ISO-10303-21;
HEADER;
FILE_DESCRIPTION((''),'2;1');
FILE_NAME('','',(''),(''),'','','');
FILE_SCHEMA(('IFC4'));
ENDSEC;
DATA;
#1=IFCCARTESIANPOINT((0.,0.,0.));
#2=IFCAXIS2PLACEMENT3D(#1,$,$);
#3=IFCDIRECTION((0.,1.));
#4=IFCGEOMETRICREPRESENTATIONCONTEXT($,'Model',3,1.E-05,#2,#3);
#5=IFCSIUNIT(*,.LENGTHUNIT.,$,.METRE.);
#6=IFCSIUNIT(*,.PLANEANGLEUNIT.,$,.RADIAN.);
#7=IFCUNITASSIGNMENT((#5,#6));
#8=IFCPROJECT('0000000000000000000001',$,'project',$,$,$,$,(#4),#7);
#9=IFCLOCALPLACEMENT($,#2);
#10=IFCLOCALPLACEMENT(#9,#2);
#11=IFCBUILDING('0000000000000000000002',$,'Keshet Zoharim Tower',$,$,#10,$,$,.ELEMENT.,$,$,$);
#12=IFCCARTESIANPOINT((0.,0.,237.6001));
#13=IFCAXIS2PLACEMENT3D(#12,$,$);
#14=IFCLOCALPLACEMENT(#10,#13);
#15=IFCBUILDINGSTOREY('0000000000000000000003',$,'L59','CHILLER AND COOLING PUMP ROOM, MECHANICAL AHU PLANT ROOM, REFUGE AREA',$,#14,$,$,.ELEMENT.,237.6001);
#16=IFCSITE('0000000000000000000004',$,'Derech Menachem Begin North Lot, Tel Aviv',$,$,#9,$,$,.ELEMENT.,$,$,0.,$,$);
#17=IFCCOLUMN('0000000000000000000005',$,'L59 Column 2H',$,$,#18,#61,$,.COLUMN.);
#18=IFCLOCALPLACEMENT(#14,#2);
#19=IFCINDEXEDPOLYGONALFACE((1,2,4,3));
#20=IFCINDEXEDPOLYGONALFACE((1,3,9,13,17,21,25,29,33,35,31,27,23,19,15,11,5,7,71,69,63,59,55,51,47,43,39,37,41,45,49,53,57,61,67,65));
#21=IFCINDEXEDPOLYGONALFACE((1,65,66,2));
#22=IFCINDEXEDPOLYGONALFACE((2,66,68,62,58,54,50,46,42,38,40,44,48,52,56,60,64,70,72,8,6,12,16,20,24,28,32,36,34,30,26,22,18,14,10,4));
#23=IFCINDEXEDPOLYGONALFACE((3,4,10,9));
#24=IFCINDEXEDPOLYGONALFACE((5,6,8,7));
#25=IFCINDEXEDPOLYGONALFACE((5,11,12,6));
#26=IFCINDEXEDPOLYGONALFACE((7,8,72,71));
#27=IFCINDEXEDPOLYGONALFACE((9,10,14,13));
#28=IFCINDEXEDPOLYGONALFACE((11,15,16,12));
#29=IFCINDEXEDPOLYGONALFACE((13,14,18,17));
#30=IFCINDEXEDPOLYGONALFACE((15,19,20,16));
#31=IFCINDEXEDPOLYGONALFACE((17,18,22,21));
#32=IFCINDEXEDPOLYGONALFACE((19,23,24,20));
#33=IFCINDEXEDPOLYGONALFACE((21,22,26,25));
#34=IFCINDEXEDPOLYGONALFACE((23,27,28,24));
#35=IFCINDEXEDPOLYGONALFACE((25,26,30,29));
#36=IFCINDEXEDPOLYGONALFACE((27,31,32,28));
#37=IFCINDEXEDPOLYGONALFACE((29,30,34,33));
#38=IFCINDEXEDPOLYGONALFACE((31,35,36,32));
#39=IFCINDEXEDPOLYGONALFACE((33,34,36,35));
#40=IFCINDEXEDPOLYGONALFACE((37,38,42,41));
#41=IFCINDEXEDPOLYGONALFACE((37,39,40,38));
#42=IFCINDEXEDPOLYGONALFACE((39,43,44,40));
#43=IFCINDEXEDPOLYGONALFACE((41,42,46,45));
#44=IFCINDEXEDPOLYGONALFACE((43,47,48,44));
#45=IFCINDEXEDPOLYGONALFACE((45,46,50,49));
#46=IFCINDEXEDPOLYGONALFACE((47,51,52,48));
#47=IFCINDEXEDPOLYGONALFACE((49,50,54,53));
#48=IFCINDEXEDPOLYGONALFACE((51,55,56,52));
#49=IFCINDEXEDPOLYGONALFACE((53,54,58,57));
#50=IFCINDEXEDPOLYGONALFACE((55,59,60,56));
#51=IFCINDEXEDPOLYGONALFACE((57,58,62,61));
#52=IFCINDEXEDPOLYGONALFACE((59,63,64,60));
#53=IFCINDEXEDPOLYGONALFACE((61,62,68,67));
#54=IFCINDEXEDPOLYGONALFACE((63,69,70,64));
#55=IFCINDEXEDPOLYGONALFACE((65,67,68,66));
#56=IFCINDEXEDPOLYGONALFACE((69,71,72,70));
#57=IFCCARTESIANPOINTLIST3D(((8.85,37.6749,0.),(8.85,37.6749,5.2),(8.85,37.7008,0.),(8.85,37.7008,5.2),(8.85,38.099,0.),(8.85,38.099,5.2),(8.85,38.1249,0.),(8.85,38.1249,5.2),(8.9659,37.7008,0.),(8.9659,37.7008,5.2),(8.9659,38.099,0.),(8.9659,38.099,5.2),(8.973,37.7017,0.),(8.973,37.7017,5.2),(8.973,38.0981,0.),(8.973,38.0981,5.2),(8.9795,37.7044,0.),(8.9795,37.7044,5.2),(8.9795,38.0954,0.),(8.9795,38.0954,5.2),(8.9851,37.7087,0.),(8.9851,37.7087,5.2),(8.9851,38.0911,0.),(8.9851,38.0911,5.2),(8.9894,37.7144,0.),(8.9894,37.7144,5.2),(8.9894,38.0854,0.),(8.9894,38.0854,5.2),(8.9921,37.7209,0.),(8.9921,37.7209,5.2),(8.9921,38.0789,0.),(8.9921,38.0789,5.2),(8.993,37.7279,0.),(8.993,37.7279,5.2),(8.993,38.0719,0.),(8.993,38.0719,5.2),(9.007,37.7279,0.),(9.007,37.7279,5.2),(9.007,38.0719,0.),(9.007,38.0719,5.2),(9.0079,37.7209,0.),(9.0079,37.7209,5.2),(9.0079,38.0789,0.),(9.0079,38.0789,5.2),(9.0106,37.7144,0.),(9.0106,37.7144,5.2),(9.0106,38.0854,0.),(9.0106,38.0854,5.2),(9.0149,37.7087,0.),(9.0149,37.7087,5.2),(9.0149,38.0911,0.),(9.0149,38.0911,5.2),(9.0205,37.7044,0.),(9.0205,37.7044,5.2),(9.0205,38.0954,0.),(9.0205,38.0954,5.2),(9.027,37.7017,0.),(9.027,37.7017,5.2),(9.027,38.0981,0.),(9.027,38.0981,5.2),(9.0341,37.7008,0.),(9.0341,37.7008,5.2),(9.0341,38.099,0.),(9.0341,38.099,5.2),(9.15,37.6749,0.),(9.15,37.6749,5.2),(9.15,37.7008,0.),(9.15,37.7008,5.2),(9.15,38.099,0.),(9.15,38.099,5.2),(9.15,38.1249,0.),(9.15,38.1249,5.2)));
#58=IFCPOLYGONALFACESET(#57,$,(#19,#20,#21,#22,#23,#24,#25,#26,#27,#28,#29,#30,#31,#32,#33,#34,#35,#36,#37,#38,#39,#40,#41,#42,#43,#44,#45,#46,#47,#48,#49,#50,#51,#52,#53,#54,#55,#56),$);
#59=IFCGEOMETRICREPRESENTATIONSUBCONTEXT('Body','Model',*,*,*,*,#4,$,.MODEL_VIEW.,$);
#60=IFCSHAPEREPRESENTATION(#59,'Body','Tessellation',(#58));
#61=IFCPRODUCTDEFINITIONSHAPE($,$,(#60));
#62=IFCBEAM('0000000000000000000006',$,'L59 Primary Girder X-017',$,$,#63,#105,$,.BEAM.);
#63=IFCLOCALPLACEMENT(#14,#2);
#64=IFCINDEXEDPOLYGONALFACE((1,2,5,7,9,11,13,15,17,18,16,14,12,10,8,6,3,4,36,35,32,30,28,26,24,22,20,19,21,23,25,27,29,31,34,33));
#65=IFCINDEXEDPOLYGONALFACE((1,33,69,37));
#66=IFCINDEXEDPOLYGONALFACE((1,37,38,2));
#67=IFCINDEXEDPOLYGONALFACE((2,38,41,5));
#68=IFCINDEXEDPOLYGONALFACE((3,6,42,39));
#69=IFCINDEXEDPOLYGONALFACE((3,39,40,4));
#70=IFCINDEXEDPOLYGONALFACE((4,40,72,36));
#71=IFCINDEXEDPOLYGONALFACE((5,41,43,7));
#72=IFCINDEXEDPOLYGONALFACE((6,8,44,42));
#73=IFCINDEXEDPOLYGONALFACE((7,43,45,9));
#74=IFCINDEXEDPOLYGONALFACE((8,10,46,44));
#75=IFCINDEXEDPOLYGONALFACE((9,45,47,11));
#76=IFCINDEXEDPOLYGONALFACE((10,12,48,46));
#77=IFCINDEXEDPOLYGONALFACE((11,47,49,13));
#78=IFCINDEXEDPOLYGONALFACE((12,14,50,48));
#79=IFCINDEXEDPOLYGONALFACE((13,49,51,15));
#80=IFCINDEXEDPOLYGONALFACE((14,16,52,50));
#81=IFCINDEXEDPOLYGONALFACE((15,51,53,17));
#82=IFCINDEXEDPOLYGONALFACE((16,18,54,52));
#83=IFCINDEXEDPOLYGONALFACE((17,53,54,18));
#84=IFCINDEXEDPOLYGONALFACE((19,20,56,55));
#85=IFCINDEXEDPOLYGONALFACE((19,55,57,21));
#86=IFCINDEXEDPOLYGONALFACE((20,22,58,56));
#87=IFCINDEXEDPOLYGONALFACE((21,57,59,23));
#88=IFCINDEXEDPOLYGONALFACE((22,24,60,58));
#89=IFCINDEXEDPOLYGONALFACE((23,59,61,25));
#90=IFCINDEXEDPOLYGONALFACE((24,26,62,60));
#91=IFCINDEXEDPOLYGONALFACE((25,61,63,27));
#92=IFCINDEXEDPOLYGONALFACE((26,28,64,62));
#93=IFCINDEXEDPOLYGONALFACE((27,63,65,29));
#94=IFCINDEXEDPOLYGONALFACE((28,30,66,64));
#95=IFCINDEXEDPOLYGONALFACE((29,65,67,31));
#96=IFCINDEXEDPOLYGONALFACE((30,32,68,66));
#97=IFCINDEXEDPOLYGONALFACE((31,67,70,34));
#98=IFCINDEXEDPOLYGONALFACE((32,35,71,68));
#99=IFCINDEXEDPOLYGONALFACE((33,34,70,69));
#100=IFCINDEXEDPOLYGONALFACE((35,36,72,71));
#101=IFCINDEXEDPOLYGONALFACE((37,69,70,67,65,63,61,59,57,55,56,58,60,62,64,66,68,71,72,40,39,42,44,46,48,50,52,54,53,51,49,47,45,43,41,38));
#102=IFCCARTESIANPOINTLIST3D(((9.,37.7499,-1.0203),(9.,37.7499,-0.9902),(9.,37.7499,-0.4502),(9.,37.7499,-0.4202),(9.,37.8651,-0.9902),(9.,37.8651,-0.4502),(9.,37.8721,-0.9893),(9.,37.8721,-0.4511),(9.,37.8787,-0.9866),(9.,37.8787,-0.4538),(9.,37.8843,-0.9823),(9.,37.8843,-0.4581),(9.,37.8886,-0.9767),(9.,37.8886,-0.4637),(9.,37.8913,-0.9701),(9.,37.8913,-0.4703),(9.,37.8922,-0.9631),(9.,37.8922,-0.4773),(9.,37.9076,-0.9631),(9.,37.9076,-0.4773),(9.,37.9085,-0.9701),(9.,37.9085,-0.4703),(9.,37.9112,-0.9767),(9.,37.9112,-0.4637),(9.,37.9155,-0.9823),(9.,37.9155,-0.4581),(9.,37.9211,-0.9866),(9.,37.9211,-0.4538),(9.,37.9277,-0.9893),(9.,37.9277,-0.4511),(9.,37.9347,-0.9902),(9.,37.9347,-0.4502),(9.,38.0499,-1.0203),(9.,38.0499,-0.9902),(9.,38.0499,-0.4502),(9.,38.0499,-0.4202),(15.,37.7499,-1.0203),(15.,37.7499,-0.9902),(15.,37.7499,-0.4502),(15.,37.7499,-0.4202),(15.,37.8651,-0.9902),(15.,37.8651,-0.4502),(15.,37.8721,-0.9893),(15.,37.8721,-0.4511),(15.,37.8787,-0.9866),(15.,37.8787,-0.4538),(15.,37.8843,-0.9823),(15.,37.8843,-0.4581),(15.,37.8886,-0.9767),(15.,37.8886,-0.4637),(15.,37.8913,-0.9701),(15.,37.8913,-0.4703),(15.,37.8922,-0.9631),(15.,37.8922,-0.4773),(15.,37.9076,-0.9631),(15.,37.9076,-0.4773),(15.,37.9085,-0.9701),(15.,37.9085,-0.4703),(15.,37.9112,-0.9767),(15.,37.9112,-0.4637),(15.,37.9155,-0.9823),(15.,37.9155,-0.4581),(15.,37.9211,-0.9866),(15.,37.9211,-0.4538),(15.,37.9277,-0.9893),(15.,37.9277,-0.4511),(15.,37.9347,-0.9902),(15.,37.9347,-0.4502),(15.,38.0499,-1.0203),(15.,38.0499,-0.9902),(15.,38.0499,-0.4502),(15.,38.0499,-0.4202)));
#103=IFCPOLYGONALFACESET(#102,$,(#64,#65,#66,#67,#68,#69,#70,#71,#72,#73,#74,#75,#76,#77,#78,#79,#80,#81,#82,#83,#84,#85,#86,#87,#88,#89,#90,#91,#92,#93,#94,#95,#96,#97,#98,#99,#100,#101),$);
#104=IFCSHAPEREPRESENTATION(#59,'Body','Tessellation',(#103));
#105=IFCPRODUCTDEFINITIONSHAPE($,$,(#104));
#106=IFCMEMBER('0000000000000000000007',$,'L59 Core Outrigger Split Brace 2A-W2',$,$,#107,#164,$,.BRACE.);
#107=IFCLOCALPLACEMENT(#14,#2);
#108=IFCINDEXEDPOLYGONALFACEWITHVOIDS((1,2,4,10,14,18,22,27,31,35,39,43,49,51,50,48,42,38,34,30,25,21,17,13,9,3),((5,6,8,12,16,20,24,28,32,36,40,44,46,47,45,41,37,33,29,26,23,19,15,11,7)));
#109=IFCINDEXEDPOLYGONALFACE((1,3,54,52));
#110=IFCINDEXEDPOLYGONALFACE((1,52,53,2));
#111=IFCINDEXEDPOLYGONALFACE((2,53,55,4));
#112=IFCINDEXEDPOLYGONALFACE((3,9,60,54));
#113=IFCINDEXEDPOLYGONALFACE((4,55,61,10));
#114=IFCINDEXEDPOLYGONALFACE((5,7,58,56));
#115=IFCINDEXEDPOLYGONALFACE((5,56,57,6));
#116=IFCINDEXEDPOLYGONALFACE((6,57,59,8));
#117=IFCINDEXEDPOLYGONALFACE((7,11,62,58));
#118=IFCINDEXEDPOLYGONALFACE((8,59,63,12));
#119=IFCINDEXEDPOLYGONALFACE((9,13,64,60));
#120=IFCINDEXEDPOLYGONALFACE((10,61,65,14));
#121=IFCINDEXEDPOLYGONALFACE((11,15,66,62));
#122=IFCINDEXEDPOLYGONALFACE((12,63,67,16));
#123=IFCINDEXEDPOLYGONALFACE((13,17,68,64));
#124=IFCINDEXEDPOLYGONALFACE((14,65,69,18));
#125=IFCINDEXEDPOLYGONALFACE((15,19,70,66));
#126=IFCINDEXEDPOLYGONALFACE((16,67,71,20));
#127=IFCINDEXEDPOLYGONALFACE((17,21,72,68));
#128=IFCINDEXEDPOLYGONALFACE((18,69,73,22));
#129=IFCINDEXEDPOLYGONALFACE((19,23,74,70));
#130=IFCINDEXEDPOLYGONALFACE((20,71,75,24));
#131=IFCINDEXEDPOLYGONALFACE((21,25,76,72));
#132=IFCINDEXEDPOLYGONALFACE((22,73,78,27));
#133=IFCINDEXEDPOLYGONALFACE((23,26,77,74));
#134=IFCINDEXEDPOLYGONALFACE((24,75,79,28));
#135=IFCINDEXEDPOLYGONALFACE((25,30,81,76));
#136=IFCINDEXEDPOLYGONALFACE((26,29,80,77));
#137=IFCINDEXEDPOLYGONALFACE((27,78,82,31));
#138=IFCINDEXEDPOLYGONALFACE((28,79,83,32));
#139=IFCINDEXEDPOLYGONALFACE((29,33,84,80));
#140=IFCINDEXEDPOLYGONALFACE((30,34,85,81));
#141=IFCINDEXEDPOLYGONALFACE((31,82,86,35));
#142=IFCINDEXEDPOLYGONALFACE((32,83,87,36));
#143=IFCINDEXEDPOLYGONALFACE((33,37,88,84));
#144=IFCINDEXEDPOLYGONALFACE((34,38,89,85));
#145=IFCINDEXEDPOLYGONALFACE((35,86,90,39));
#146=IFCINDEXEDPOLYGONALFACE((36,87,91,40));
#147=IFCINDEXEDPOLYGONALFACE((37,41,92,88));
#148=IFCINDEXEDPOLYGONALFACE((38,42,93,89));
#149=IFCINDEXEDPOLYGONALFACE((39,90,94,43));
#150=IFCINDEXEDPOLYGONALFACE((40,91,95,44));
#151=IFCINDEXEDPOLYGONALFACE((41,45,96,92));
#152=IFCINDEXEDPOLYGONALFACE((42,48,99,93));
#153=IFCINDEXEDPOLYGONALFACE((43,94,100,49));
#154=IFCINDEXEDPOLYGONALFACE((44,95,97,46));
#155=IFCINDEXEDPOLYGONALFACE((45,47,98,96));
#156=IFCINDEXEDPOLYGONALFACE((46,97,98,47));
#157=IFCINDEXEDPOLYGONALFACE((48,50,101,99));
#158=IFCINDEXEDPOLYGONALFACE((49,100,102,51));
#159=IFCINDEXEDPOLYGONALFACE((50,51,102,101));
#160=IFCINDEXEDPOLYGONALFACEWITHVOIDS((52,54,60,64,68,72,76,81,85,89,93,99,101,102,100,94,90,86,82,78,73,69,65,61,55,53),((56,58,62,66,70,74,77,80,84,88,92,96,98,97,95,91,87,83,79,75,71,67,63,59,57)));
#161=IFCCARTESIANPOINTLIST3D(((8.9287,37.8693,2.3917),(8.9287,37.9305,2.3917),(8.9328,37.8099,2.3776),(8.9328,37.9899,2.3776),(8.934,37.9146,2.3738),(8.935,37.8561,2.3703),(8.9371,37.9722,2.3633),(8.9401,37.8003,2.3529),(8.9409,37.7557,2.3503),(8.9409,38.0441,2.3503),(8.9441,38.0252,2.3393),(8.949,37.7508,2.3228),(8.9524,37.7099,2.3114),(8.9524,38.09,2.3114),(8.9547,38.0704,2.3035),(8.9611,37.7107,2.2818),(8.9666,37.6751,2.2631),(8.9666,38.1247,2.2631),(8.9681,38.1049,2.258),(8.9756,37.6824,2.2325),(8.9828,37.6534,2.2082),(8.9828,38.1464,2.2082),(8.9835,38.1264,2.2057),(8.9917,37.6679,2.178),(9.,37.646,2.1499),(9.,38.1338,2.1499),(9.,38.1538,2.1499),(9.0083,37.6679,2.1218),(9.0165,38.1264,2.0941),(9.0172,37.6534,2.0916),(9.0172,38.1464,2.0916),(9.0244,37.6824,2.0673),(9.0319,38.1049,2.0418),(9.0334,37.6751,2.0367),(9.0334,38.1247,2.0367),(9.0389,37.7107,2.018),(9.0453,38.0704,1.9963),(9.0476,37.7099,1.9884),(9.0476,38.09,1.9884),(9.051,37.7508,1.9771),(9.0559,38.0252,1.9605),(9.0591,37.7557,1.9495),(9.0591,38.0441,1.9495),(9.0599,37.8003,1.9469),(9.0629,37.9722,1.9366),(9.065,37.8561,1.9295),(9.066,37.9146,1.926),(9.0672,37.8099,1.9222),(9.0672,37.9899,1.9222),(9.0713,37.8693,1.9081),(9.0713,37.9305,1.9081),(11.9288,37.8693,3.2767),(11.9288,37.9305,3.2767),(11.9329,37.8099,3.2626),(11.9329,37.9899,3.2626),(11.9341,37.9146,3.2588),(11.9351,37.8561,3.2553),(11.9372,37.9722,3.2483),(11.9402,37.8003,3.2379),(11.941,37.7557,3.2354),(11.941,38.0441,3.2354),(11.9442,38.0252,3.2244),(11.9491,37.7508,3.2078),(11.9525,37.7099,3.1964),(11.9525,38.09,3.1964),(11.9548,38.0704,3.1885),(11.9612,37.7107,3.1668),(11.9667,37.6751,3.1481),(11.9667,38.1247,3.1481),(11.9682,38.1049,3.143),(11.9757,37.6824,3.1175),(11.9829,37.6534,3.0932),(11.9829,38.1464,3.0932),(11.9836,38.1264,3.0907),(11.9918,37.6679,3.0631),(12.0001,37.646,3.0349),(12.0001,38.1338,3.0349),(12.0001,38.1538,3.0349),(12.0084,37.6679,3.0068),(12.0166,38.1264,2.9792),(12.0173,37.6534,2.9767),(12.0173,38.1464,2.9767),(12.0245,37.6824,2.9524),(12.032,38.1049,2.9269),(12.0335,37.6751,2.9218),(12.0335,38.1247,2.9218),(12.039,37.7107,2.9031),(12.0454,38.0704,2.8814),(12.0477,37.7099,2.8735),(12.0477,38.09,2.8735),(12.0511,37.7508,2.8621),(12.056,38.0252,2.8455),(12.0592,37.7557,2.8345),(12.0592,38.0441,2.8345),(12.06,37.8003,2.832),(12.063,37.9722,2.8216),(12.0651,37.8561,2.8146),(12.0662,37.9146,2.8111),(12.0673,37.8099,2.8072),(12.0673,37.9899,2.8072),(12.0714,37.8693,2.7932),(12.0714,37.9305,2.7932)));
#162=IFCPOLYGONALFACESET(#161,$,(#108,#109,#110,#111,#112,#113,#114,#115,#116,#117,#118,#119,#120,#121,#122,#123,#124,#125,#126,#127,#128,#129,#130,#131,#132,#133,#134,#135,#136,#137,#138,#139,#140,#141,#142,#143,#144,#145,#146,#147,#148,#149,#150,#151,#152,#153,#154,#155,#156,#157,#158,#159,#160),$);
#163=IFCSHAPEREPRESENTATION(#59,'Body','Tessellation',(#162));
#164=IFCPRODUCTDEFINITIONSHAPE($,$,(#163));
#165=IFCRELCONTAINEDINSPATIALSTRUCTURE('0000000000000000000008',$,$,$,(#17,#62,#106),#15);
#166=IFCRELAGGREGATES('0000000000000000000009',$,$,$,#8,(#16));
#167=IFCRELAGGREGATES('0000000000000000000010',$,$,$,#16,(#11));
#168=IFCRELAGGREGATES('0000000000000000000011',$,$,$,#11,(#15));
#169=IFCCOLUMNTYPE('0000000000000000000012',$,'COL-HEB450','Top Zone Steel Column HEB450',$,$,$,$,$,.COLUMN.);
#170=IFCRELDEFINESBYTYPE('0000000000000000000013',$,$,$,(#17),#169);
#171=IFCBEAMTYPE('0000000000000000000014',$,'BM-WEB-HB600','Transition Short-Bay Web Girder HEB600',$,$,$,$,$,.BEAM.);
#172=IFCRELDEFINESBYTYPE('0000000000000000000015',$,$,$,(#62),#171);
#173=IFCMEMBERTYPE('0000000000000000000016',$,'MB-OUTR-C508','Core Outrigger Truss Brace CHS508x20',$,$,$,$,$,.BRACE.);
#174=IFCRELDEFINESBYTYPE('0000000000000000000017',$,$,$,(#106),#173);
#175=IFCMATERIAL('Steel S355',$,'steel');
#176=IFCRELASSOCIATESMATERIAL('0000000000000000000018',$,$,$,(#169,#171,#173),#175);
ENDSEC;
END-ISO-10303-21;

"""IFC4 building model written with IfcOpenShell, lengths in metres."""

from ifc_helpers import new_model, si_unit, direction, frame, origin, origin_2d, place, context, subcontext, project, spatial, hollow_circle, i_section, extrude, material, material_profile, profile_set, type_object, element, save


model = new_model("IFC4")

# Units and contexts
model_context = context("Model", 3, precision=1e-05, world=origin(), true_north=direction((0.0, 1.0)))
body_context = subcontext(model_context, "Body", "Model", "MODEL_VIEW")
ifc_project = project(units=[si_unit("LENGTHUNIT", "METRE"), si_unit("PLANEANGLEUNIT", "RADIAN")], contexts=[model_context])

# Site, building, storey
site_placement = place(None, origin())
site = spatial("IfcSite", under=ifc_project, at=site_placement, Name="Derech Menachem Begin North Lot, Tel Aviv", CompositionType="ELEMENT", RefElevation=0.0)
building_placement = place(site_placement, origin())
building = spatial("IfcBuilding", under=site, at=building_placement, Name="Keshet Zoharim Tower", CompositionType="ELEMENT")
storey_placement = place(building_placement, frame((0.0, 0.0, 237.6001)))
storey = spatial("IfcBuildingStorey", under=building, at=storey_placement, Name="L59", Description="CHILLER AND COOLING PUMP ROOM, MECHANICAL AHU PLANT ROOM, REFUGE AREA", CompositionType="ELEMENT", Elevation=237.6001)

# Column
ifc_material_1 = material(Name="Steel S355", Category="steel")
ifc_material_profile_1 = material_profile(ifc_material_1, i_section(OverallWidth=0.3, OverallDepth=0.45, WebThickness=0.0139, FlangeThickness=0.0259, FilletRadius=0.0271, at=origin_2d()), Name="HEB450")
ifc_profile_set_1 = profile_set([ifc_material_profile_1], Name="Steel S355")
column_type = type_object("IfcColumnType", Name="COL-HEB450", Description="Top Zone Steel Column HEB450", PredefinedType="COLUMN", material=ifc_profile_set_1)
column_placement = place(storey_placement, frame((9.0, 37.8999, 0.0), z_axis=(0.0, 0.0, 1.0), x_axis=(1.0, 0.0, 0.0)))
element("IfcColumn", 1, at=column_placement, inside=storey, type_object=column_type, Name="L59 Column 2H", PredefinedType="COLUMN", context=body_context, shape_type="SweptSolid", body=[
    extrude(i_section(OverallWidth=0.3, OverallDepth=0.45, WebThickness=0.0139, FlangeThickness=0.0259, FilletRadius=0.0271, at=origin_2d()), origin(), (0.0, 0.0, 1.0), 5.2),
])

# Beam
ifc_material_profile_2 = material_profile(ifc_material_1, i_section(OverallWidth=0.3, OverallDepth=0.6001, WebThickness=0.0154, FlangeThickness=0.03, FilletRadius=0.0271, at=origin_2d()), Name="HEB600")
ifc_profile_set_2 = profile_set([ifc_material_profile_2], Name="Steel S355")
beam_type = type_object("IfcBeamType", Name="BM-WEB-HB600", Description="Transition Short-Bay Web Girder HEB600", PredefinedType="BEAM", material=ifc_profile_set_2)
beam_placement = place(storey_placement, frame((9.0, 37.8999, -0.7202), z_axis=(1.0, 0.0, 0.0), x_axis=(0.0, 1.0, 0.0)))
element("IfcBeam", 2, at=beam_placement, inside=storey, type_object=beam_type, Name="L59 Primary Girder X-017", PredefinedType="BEAM", context=body_context, shape_type="SweptSolid", body=[
    extrude(i_section(OverallWidth=0.3, OverallDepth=0.6001, WebThickness=0.0154, FlangeThickness=0.03, FilletRadius=0.0271, at=origin_2d()), origin(), (0.0, 0.0, 1.0), 6.0),
])

# Member
ifc_material_profile_3 = material_profile(ifc_material_1, hollow_circle(Radius=0.2539, WallThickness=0.02, at=origin_2d()), Name="CHS508x20")
ifc_profile_set_3 = profile_set([ifc_material_profile_3], Name="Steel S355")
member_type = type_object("IfcMemberType", Name="MB-OUTR-C508", Description="Core Outrigger Truss Brace CHS508x20", PredefinedType="BRACE", material=ifc_profile_set_3)
member_placement = place(storey_placement, frame((9.0, 37.8999, 2.1499), z_axis=(0.959135, 0.0, 0.282948), x_axis=(0.0, 1.0, 0.0)))
element("IfcMember", 3, at=member_placement, inside=storey, type_object=member_type, Name="L59 Core Outrigger Split Brace 2A-W2", PredefinedType="BRACE", context=body_context, shape_type="SweptSolid", body=[
    extrude(hollow_circle(Radius=0.2539, WallThickness=0.02, at=origin_2d()), origin(), (0.0, 0.0, 1.0), 3.1279),
])

save(model, "model.ifc")
